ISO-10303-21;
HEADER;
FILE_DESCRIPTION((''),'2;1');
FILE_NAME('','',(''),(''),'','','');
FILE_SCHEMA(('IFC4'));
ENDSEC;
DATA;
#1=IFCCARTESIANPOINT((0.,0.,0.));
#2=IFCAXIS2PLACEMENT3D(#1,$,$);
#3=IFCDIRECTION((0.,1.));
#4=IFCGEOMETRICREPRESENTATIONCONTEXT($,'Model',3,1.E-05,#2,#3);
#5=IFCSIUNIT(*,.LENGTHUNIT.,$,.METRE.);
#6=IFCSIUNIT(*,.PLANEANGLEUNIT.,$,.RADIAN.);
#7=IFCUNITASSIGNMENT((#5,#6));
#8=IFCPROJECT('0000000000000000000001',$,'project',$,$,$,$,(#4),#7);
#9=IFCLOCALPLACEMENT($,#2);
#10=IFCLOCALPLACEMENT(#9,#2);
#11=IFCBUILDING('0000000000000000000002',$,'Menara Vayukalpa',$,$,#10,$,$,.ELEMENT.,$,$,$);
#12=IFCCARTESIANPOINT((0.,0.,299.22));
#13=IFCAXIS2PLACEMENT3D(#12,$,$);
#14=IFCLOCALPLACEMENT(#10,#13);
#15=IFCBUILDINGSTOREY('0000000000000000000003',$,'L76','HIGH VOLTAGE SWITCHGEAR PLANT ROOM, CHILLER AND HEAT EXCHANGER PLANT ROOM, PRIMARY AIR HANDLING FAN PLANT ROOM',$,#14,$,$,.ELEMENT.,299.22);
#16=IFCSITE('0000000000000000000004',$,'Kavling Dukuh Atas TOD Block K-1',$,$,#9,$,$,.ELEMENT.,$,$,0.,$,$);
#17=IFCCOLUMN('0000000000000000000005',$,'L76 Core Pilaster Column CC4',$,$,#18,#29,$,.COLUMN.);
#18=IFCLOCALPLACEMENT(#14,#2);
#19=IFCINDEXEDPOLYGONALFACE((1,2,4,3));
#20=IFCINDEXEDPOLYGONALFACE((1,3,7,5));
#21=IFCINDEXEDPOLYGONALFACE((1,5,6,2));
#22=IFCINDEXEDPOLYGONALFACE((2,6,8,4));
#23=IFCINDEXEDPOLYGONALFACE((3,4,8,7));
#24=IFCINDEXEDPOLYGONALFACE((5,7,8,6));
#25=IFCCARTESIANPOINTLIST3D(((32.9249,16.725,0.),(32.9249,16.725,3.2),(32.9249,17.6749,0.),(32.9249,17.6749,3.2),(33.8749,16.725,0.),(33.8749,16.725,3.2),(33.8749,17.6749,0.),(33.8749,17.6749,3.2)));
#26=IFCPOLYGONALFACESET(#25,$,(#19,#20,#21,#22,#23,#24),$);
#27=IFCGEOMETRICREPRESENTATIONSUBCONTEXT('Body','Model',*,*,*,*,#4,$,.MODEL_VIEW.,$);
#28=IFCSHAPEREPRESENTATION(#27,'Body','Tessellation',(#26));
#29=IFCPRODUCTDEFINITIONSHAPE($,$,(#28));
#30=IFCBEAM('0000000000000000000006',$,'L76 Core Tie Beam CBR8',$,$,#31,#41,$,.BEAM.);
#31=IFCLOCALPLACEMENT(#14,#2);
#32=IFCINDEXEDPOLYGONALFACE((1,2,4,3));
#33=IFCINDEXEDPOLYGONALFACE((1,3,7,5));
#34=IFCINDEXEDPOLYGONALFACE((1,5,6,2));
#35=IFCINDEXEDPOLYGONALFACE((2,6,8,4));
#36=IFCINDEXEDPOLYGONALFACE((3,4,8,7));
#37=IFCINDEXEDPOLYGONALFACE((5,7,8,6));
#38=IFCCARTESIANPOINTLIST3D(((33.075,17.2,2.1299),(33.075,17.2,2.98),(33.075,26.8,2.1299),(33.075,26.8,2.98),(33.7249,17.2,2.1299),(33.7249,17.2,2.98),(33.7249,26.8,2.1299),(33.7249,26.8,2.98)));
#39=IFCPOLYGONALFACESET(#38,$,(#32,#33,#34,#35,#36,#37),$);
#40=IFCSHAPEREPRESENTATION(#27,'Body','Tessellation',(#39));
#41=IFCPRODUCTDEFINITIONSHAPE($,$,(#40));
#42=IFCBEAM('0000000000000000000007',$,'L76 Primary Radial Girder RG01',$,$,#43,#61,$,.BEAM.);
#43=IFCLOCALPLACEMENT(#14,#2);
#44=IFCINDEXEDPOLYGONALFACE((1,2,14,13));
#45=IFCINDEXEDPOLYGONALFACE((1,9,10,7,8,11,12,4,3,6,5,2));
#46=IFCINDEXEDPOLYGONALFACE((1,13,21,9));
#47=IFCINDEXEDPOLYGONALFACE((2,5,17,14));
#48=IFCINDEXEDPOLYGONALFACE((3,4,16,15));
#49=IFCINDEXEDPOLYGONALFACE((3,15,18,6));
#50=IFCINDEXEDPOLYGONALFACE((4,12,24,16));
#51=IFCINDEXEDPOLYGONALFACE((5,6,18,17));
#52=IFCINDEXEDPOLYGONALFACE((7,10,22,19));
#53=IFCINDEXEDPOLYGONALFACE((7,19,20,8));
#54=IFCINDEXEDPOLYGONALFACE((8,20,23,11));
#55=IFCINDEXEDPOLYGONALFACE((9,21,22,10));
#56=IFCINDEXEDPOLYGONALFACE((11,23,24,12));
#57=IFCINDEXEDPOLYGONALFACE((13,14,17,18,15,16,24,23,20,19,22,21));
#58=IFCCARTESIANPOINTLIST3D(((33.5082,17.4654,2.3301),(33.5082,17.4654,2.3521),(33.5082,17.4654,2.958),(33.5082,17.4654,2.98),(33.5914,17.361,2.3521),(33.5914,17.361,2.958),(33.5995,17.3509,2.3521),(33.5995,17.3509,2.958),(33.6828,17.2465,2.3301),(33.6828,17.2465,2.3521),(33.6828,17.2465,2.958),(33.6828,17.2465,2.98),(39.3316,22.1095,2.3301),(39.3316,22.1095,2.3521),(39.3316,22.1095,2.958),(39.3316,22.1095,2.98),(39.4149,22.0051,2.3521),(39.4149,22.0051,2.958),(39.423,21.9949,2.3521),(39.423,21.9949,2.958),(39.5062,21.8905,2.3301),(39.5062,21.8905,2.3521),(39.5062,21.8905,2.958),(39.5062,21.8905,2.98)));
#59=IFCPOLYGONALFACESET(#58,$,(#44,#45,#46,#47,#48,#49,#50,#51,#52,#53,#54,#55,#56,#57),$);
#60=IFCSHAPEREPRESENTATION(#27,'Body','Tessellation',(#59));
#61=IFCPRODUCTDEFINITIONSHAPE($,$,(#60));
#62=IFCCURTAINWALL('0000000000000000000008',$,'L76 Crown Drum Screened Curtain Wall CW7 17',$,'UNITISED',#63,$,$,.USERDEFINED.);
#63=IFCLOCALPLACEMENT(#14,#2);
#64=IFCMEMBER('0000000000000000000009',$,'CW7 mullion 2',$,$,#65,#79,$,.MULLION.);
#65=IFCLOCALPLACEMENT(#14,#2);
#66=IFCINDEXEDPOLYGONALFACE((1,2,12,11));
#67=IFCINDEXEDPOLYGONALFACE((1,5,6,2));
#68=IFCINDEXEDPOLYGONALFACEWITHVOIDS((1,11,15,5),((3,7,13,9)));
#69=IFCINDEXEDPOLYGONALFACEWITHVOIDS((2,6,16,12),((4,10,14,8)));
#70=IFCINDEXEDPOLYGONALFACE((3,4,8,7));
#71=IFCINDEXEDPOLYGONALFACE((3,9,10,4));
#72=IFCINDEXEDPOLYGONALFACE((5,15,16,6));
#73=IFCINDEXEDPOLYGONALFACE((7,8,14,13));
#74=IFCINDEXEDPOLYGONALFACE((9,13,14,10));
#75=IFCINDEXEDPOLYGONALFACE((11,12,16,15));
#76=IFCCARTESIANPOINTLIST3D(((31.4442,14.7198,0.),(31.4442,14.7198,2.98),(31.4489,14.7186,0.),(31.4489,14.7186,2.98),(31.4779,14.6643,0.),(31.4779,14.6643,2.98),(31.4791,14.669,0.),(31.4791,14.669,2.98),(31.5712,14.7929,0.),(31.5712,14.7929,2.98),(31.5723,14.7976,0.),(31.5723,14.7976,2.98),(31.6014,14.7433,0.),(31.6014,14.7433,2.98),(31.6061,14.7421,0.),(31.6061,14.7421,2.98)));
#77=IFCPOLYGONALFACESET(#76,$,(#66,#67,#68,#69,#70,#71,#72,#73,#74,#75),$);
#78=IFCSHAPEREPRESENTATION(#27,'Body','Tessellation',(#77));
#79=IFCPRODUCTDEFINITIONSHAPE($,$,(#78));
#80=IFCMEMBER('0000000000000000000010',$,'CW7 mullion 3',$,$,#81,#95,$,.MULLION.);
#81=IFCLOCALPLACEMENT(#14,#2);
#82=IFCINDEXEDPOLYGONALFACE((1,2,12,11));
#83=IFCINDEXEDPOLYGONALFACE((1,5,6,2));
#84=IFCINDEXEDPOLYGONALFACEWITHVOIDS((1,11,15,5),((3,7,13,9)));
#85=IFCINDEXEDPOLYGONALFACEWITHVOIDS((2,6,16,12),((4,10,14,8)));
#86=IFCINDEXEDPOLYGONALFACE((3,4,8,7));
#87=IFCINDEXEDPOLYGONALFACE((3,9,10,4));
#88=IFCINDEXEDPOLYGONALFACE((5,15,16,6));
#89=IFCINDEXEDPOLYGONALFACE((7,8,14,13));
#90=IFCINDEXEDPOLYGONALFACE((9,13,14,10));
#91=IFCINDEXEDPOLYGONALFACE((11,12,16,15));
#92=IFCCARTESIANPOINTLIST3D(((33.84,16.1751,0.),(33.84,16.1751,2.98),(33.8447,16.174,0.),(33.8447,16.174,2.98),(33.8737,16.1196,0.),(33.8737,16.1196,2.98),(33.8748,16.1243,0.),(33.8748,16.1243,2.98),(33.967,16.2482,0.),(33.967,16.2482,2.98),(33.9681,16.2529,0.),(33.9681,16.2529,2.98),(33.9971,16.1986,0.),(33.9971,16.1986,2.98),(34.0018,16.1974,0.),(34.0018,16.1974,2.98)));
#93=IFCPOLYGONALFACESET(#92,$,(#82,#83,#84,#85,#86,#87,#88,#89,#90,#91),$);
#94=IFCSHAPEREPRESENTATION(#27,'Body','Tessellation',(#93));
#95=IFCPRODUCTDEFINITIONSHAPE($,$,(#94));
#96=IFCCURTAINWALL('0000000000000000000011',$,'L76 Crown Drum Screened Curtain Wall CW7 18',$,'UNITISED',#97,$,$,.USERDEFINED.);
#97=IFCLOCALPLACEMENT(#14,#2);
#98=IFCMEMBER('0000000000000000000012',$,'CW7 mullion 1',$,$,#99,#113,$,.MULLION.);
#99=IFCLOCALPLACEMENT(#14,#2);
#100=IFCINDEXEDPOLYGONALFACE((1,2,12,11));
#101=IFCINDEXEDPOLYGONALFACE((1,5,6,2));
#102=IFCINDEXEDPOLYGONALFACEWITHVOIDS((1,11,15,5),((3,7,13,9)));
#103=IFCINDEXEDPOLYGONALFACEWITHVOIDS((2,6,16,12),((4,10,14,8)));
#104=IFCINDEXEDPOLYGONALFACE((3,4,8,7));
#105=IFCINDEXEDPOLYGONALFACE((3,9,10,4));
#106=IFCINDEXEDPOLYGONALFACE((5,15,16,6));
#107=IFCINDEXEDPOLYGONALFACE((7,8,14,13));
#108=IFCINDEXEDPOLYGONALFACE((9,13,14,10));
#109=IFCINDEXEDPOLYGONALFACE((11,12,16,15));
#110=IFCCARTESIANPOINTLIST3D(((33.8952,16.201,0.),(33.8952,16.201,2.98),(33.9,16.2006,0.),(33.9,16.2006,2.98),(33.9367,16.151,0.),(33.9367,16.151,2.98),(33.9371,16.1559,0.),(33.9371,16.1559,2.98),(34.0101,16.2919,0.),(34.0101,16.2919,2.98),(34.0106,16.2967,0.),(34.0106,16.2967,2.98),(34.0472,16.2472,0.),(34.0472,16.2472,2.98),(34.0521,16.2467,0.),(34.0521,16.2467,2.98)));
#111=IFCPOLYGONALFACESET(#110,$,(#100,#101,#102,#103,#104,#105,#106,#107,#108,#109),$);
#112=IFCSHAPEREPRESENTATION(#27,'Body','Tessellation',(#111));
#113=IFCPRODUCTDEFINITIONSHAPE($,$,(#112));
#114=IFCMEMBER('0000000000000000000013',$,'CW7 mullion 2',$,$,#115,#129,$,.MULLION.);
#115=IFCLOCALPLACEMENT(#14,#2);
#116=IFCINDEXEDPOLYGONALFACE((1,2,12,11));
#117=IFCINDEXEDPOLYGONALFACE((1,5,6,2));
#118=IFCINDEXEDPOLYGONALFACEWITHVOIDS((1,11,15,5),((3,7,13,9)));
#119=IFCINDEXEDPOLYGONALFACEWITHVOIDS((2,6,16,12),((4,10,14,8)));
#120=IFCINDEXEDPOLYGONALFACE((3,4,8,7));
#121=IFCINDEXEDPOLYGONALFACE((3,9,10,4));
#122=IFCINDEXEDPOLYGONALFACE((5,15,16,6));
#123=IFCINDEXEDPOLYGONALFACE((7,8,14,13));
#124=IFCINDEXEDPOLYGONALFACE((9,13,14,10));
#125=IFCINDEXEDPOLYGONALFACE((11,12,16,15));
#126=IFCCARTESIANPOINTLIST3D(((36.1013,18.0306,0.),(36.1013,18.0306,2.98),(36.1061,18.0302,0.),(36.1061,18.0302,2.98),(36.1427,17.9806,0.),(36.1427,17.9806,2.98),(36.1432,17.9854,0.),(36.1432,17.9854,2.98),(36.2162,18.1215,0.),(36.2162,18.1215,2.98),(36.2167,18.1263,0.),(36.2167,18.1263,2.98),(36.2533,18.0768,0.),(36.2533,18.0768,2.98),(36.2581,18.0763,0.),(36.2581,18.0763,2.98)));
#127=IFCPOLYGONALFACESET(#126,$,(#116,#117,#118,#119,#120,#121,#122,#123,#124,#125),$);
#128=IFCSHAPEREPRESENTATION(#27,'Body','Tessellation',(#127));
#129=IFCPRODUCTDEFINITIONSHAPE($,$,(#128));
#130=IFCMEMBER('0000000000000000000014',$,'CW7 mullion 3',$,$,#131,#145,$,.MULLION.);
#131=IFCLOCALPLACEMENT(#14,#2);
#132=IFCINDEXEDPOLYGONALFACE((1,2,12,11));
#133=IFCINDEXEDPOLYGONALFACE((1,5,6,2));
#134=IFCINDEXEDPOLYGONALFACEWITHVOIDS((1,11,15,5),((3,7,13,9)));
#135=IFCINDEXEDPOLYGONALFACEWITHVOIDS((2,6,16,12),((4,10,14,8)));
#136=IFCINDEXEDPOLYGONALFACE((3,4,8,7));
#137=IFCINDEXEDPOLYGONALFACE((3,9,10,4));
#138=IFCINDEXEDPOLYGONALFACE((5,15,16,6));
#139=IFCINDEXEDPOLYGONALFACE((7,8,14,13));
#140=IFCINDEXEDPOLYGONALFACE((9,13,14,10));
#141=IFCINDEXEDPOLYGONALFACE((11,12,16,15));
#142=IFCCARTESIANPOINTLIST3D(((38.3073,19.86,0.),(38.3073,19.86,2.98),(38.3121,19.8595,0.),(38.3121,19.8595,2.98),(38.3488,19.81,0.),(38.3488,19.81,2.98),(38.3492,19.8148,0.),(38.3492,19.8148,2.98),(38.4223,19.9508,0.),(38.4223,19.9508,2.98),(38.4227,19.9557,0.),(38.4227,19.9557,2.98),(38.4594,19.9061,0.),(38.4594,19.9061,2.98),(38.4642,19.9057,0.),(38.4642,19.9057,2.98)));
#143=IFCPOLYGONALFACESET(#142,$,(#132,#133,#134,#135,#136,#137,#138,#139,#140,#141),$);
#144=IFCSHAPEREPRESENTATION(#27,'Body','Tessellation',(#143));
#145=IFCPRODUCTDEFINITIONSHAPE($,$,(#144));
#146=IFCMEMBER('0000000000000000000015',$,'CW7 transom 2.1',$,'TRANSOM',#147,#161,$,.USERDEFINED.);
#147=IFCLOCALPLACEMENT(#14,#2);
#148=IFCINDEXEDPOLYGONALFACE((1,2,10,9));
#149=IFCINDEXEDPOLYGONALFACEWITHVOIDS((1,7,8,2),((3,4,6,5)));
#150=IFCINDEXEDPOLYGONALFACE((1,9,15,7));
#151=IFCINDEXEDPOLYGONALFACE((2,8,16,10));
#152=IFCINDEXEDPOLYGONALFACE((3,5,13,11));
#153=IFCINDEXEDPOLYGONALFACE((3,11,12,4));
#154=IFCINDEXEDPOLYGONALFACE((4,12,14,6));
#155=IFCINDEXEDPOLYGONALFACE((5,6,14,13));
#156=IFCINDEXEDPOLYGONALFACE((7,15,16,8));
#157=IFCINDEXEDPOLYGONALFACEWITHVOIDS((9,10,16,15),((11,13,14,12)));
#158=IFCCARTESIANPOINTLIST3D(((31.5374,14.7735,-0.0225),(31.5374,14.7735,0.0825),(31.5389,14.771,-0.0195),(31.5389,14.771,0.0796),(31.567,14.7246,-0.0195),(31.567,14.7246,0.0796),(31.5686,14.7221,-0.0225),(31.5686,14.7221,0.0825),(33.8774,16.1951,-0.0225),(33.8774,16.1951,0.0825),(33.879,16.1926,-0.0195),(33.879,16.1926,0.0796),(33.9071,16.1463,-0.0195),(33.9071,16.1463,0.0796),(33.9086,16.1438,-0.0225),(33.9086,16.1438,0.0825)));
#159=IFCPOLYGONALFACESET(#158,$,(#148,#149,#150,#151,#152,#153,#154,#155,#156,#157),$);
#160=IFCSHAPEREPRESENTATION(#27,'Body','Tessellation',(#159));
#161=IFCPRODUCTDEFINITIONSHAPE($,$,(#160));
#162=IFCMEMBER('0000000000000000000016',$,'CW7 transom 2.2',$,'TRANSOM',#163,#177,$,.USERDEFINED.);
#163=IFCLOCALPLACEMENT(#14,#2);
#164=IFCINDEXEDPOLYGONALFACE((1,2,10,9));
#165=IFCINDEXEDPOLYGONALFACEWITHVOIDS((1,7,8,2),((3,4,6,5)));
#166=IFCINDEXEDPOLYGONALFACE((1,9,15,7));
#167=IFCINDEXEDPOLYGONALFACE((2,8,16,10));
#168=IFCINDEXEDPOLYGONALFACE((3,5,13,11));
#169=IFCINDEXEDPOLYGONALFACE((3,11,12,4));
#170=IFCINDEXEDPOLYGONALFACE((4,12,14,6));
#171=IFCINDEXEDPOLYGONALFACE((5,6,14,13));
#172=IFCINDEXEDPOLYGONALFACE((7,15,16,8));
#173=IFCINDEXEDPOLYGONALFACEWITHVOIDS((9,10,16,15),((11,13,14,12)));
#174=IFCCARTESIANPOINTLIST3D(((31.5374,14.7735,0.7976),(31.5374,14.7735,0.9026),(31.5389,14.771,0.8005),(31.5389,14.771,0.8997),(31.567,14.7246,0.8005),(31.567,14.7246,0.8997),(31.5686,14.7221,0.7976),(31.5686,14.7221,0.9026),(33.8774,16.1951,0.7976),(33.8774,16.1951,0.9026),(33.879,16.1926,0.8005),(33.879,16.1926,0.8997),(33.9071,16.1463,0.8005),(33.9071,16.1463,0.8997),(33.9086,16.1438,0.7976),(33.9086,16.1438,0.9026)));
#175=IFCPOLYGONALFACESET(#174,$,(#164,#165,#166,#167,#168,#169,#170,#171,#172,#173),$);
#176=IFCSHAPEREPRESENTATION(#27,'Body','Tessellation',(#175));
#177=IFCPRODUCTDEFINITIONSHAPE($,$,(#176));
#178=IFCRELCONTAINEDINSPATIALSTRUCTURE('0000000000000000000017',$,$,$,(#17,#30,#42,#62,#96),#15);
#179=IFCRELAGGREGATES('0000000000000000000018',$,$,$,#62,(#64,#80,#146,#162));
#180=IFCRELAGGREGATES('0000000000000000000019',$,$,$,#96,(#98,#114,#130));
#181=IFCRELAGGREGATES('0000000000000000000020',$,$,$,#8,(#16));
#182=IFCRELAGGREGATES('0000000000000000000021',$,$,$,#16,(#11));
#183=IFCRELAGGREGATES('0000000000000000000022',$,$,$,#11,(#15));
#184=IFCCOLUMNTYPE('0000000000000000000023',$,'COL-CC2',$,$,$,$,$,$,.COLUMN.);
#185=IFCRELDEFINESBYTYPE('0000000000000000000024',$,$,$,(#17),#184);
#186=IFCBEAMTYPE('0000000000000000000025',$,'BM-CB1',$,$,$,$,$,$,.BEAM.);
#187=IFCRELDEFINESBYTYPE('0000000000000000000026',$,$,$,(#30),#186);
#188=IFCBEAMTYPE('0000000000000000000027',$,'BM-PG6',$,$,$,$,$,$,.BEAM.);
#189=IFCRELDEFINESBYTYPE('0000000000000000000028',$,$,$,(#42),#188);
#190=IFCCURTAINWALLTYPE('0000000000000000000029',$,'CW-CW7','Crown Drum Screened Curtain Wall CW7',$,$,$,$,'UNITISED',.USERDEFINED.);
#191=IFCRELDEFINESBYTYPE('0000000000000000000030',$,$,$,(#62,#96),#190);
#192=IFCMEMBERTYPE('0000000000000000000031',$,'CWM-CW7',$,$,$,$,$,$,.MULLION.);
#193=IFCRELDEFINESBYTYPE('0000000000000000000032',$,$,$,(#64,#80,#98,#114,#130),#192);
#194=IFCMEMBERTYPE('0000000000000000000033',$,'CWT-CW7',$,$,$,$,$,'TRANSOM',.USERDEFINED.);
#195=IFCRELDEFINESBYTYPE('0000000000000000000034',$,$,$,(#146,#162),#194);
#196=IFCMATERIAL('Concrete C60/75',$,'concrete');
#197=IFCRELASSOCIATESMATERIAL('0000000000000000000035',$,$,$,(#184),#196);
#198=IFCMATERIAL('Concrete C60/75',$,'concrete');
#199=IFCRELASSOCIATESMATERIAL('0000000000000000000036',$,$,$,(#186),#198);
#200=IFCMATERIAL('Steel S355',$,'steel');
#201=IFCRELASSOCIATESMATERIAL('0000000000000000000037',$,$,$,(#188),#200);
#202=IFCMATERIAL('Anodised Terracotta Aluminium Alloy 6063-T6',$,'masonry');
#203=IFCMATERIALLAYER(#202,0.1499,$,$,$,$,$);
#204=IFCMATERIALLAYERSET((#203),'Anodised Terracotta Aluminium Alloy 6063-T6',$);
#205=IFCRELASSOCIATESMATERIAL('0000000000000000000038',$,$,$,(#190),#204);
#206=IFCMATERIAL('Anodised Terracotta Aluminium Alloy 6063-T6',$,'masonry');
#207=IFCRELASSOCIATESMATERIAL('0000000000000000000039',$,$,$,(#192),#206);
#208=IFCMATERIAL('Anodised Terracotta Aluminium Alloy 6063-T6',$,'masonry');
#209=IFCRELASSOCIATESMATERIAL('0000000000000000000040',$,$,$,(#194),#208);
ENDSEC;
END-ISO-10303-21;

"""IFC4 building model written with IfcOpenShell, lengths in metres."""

from ifc_helpers import new_model, si_unit, direction, frame, origin, origin_2d, place, context, subcontext, project, spatial, rectangle, hollow_rectangle, i_section, extrude, material, layer, layer_set, material_profile, profile_set, type_object, element, aggregate, save


model = new_model("IFC4")

# Units and contexts
model_context = context("Model", 3, precision=1e-05, world=origin(), true_north=direction((0.0, 1.0)))
body_context = subcontext(model_context, "Body", "Model", "MODEL_VIEW")
ifc_project = project(units=[si_unit("LENGTHUNIT", "METRE"), si_unit("PLANEANGLEUNIT", "RADIAN")], contexts=[model_context])

# Site, building, storey
site_placement = place(None, origin())
site = spatial("IfcSite", under=ifc_project, at=site_placement, Name="Kavling Dukuh Atas TOD Block K-1", CompositionType="ELEMENT", RefElevation=0.0)
building_placement = place(site_placement, origin())
building = spatial("IfcBuilding", under=site, at=building_placement, Name="Menara Vayukalpa", CompositionType="ELEMENT")
storey_placement = place(building_placement, frame((0.0, 0.0, 299.22)))
storey = spatial("IfcBuildingStorey", under=building, at=storey_placement, Name="L76", Description="HIGH VOLTAGE SWITCHGEAR PLANT ROOM, CHILLER AND HEAT EXCHANGER PLANT ROOM, PRIMARY AIR HANDLING FAN PLANT ROOM", CompositionType="ELEMENT", Elevation=299.22)

# Column
ifc_material_1 = material(Name="Concrete C60/75", Category="concrete")
ifc_material_profile_1 = material_profile(ifc_material_1, rectangle(XDim=0.95, YDim=0.95, at=origin_2d()), Name="RC 950x950")
ifc_profile_set_1 = profile_set([ifc_material_profile_1], Name="Concrete C60/75")
column_type = type_object("IfcColumnType", Name="COL-CC2", PredefinedType="COLUMN", material=ifc_profile_set_1)
column_placement = place(storey_placement, frame((33.3999, 17.2, 0.0), z_axis=(0.0, 0.0, 1.0), x_axis=(1.0, 0.0, 0.0)))
element("IfcColumn", 1, at=column_placement, inside=storey, type_object=column_type, Name="L76 Core Pilaster Column CC4", PredefinedType="COLUMN", context=body_context, shape_type="SweptSolid", body=[
    extrude(rectangle(XDim=0.95, YDim=0.95, at=origin_2d()), origin(), (0.0, 0.0, 1.0), 3.2),
])

# Beams
ifc_material_2 = material(Name="Concrete C60/75", Category="concrete")
ifc_material_profile_2 = material_profile(ifc_material_2, rectangle(XDim=0.6499, YDim=0.8501, at=origin_2d()), Name="RC 650x850")
ifc_profile_set_2 = profile_set([ifc_material_profile_2], Name="Concrete C60/75")
beam_type_1 = type_object("IfcBeamType", Name="BM-CB1", PredefinedType="BEAM", material=ifc_profile_set_2)
beam_1_placement = place(storey_placement, frame((33.3999, 17.2, 2.5549), z_axis=(0.0, 1.0, 0.0), x_axis=(-1.0, 0.0, 0.0)))
element("IfcBeam", 2, at=beam_1_placement, inside=storey, type_object=beam_type_1, Name="L76 Core Tie Beam CBR8", PredefinedType="BEAM", context=body_context, shape_type="SweptSolid", body=[
    extrude(rectangle(XDim=0.6499, YDim=0.8501, at=origin_2d()), origin(), (0.0, 0.0, 1.0), 9.6001),
])
ifc_material_3 = material(Name="Steel S355", Category="steel")
ifc_material_profile_3 = material_profile(ifc_material_3, i_section(OverallWidth=0.28, OverallDepth=0.6499, WebThickness=0.0129, FlangeThickness=0.022, at=origin_2d()), Name="WF 650x280x13x22")
ifc_profile_set_3 = profile_set([ifc_material_profile_3], Name="Steel S355")
beam_type_2 = type_object("IfcBeamType", Name="BM-PG6", PredefinedType="BEAM", material=ifc_profile_set_3)
beam_2_placement = place(storey_placement, frame((33.5955, 17.356, 2.655), z_axis=(0.781834, 0.623487, 0.0), x_axis=(-0.623487, 0.781834, 0.0)))
element("IfcBeam", 3, at=beam_2_placement, inside=storey, type_object=beam_type_2, Name="L76 Primary Radial Girder RG01", PredefinedType="BEAM", context=body_context, shape_type="SweptSolid", body=[
    extrude(i_section(OverallWidth=0.28, OverallDepth=0.6499, WebThickness=0.0129, FlangeThickness=0.022, at=origin_2d()), origin(), (0.0, 0.0, 1.0), 7.4485),
])

# Curtain walls, members
ifc_material_4 = material(Name="Anodised Terracotta Aluminium Alloy 6063-T6", Category="masonry")
ifc_layer_1 = layer(ifc_material_4, 0.1499)
ifc_layer_set_1 = layer_set([ifc_layer_1], Name="Anodised Terracotta Aluminium Alloy 6063-T6")
curtain_wall_type = type_object("IfcCurtainWallType", Name="CW-CW7", Description="Crown Drum Screened Curtain Wall CW7", ElementType="UNITISED", PredefinedType="USERDEFINED", material=ifc_layer_set_1)
curtain_wall_1_placement = place(storey_placement, origin())
curtain_wall_1 = element("IfcCurtainWall", 4, at=curtain_wall_1_placement, inside=storey, type_object=curtain_wall_type, Name="L76 Crown Drum Screened Curtain Wall CW7 17", ObjectType="UNITISED", PredefinedType="USERDEFINED")
ifc_material_5 = material(Name="Anodised Terracotta Aluminium Alloy 6063-T6", Category="masonry")
ifc_material_profile_4 = material_profile(ifc_material_5, hollow_rectangle(XDim=0.0649, YDim=0.1499, WallThickness=0.0034, at=origin_2d()), Name="ALU 65x150x3.5")
ifc_profile_set_4 = profile_set([ifc_material_profile_4], Name="Anodised Terracotta Aluminium Alloy 6063-T6")
member_type_1 = type_object("IfcMemberType", Name="CWM-CW7", PredefinedType="MULLION", material=ifc_profile_set_4)
member_1_placement = place(storey_placement, frame((31.5251, 14.731, 0.0), z_axis=(0.0, 0.0, 1.0), x_axis=(-0.519176, 0.854667, 0.0)))
member_1 = element("IfcMember", 5, at=member_1_placement, type_object=member_type_1, Name="CW7 mullion 2", PredefinedType="MULLION", context=body_context, shape_type="SweptSolid", body=[
    extrude(hollow_rectangle(XDim=0.0649, YDim=0.1499, WallThickness=0.0034, at=origin_2d()), origin(), (0.0, 0.0, 1.0), 2.98),
])
member_2_placement = place(storey_placement, frame((33.9209, 16.1863, 0.0), z_axis=(0.0, 0.0, 1.0), x_axis=(-0.519176, 0.854667, 0.0)))
member_2 = element("IfcMember", 6, at=member_2_placement, type_object=member_type_1, Name="CW7 mullion 3", PredefinedType="MULLION", context=body_context, shape_type="SweptSolid", body=[
    extrude(hollow_rectangle(XDim=0.0649, YDim=0.1499, WallThickness=0.0034, at=origin_2d()), origin(), (0.0, 0.0, 1.0), 2.98),
])
curtain_wall_2_placement = place(storey_placement, origin())
curtain_wall_2 = element("IfcCurtainWall", 7, at=curtain_wall_2_placement, inside=storey, type_object=curtain_wall_type, Name="L76 Crown Drum Screened Curtain Wall CW7 18", ObjectType="UNITISED", PredefinedType="USERDEFINED")
member_3_placement = place(storey_placement, frame((33.9736, 16.2239, 0.0), z_axis=(0.0, 0.0, 1.0), x_axis=(-0.638347, 0.769749, 0.0)))
member_3 = element("IfcMember", 8, at=member_3_placement, type_object=member_type_1, Name="CW7 mullion 1", PredefinedType="MULLION", context=body_context, shape_type="SweptSolid", body=[
    extrude(hollow_rectangle(XDim=0.0649, YDim=0.1499, WallThickness=0.0034, at=origin_2d()), origin(), (0.0, 0.0, 1.0), 2.98),
])
member_4_placement = place(storey_placement, frame((36.1797, 18.0535, 0.0), z_axis=(0.0, 0.0, 1.0), x_axis=(-0.638347, 0.769749, 0.0)))
member_4 = element("IfcMember", 9, at=member_4_placement, type_object=member_type_1, Name="CW7 mullion 2", PredefinedType="MULLION", context=body_context, shape_type="SweptSolid", body=[
    extrude(hollow_rectangle(XDim=0.0649, YDim=0.1499, WallThickness=0.0034, at=origin_2d()), origin(), (0.0, 0.0, 1.0), 2.98),
])
member_5_placement = place(storey_placement, frame((38.3857, 19.8828, 0.0), z_axis=(0.0, 0.0, 1.0), x_axis=(-0.638347, 0.769749, 0.0)))
member_5 = element("IfcMember", 10, at=member_5_placement, type_object=member_type_1, Name="CW7 mullion 3", PredefinedType="MULLION", context=body_context, shape_type="SweptSolid", body=[
    extrude(hollow_rectangle(XDim=0.0649, YDim=0.1499, WallThickness=0.0034, at=origin_2d()), origin(), (0.0, 0.0, 1.0), 2.98),
])

# Members
ifc_material_6 = material(Name="Anodised Terracotta Aluminium Alloy 6063-T6", Category="masonry")
ifc_material_profile_5 = material_profile(ifc_material_6, hollow_rectangle(XDim=0.0601, YDim=0.105, WallThickness=0.0029, at=origin_2d()), Name="ALU 60x105x3")
ifc_profile_set_5 = profile_set([ifc_material_profile_5], Name="Anodised Terracotta Aluminium Alloy 6063-T6")
member_type_2 = type_object("IfcMemberType", Name="CWT-CW7", ElementType="TRANSOM", PredefinedType="USERDEFINED", material=ifc_profile_set_5)
member_6_placement = place(storey_placement, frame((31.553, 14.7478, 0.03), z_axis=(0.854648, 0.519208, 0.0), x_axis=(-0.519208, 0.854648, 0.0)))
member_6 = element("IfcMember", 11, at=member_6_placement, type_object=member_type_2, Name="CW7 transom 2.1", ObjectType="TRANSOM", PredefinedType="USERDEFINED", context=body_context, shape_type="SweptSolid", body=[
    extrude(hollow_rectangle(XDim=0.0601, YDim=0.105, WallThickness=0.0029, at=origin_2d()), origin(), (0.0, 0.0, 1.0), 2.738),
])
member_7_placement = place(storey_placement, frame((31.553, 14.7478, 0.8501), z_axis=(0.854648, 0.519208, 0.0), x_axis=(-0.519208, 0.854648, 0.0)))
member_7 = element("IfcMember", 12, at=member_7_placement, type_object=member_type_2, Name="CW7 transom 2.2", ObjectType="TRANSOM", PredefinedType="USERDEFINED", context=body_context, shape_type="SweptSolid", body=[
    extrude(hollow_rectangle(XDim=0.0601, YDim=0.105, WallThickness=0.0029, at=origin_2d()), origin(), (0.0, 0.0, 1.0), 2.738),
])

aggregate(curtain_wall_1, [member_1, member_2, member_6, member_7])
aggregate(curtain_wall_2, [member_3, member_4, member_5])

save(model, "model.ifc")
